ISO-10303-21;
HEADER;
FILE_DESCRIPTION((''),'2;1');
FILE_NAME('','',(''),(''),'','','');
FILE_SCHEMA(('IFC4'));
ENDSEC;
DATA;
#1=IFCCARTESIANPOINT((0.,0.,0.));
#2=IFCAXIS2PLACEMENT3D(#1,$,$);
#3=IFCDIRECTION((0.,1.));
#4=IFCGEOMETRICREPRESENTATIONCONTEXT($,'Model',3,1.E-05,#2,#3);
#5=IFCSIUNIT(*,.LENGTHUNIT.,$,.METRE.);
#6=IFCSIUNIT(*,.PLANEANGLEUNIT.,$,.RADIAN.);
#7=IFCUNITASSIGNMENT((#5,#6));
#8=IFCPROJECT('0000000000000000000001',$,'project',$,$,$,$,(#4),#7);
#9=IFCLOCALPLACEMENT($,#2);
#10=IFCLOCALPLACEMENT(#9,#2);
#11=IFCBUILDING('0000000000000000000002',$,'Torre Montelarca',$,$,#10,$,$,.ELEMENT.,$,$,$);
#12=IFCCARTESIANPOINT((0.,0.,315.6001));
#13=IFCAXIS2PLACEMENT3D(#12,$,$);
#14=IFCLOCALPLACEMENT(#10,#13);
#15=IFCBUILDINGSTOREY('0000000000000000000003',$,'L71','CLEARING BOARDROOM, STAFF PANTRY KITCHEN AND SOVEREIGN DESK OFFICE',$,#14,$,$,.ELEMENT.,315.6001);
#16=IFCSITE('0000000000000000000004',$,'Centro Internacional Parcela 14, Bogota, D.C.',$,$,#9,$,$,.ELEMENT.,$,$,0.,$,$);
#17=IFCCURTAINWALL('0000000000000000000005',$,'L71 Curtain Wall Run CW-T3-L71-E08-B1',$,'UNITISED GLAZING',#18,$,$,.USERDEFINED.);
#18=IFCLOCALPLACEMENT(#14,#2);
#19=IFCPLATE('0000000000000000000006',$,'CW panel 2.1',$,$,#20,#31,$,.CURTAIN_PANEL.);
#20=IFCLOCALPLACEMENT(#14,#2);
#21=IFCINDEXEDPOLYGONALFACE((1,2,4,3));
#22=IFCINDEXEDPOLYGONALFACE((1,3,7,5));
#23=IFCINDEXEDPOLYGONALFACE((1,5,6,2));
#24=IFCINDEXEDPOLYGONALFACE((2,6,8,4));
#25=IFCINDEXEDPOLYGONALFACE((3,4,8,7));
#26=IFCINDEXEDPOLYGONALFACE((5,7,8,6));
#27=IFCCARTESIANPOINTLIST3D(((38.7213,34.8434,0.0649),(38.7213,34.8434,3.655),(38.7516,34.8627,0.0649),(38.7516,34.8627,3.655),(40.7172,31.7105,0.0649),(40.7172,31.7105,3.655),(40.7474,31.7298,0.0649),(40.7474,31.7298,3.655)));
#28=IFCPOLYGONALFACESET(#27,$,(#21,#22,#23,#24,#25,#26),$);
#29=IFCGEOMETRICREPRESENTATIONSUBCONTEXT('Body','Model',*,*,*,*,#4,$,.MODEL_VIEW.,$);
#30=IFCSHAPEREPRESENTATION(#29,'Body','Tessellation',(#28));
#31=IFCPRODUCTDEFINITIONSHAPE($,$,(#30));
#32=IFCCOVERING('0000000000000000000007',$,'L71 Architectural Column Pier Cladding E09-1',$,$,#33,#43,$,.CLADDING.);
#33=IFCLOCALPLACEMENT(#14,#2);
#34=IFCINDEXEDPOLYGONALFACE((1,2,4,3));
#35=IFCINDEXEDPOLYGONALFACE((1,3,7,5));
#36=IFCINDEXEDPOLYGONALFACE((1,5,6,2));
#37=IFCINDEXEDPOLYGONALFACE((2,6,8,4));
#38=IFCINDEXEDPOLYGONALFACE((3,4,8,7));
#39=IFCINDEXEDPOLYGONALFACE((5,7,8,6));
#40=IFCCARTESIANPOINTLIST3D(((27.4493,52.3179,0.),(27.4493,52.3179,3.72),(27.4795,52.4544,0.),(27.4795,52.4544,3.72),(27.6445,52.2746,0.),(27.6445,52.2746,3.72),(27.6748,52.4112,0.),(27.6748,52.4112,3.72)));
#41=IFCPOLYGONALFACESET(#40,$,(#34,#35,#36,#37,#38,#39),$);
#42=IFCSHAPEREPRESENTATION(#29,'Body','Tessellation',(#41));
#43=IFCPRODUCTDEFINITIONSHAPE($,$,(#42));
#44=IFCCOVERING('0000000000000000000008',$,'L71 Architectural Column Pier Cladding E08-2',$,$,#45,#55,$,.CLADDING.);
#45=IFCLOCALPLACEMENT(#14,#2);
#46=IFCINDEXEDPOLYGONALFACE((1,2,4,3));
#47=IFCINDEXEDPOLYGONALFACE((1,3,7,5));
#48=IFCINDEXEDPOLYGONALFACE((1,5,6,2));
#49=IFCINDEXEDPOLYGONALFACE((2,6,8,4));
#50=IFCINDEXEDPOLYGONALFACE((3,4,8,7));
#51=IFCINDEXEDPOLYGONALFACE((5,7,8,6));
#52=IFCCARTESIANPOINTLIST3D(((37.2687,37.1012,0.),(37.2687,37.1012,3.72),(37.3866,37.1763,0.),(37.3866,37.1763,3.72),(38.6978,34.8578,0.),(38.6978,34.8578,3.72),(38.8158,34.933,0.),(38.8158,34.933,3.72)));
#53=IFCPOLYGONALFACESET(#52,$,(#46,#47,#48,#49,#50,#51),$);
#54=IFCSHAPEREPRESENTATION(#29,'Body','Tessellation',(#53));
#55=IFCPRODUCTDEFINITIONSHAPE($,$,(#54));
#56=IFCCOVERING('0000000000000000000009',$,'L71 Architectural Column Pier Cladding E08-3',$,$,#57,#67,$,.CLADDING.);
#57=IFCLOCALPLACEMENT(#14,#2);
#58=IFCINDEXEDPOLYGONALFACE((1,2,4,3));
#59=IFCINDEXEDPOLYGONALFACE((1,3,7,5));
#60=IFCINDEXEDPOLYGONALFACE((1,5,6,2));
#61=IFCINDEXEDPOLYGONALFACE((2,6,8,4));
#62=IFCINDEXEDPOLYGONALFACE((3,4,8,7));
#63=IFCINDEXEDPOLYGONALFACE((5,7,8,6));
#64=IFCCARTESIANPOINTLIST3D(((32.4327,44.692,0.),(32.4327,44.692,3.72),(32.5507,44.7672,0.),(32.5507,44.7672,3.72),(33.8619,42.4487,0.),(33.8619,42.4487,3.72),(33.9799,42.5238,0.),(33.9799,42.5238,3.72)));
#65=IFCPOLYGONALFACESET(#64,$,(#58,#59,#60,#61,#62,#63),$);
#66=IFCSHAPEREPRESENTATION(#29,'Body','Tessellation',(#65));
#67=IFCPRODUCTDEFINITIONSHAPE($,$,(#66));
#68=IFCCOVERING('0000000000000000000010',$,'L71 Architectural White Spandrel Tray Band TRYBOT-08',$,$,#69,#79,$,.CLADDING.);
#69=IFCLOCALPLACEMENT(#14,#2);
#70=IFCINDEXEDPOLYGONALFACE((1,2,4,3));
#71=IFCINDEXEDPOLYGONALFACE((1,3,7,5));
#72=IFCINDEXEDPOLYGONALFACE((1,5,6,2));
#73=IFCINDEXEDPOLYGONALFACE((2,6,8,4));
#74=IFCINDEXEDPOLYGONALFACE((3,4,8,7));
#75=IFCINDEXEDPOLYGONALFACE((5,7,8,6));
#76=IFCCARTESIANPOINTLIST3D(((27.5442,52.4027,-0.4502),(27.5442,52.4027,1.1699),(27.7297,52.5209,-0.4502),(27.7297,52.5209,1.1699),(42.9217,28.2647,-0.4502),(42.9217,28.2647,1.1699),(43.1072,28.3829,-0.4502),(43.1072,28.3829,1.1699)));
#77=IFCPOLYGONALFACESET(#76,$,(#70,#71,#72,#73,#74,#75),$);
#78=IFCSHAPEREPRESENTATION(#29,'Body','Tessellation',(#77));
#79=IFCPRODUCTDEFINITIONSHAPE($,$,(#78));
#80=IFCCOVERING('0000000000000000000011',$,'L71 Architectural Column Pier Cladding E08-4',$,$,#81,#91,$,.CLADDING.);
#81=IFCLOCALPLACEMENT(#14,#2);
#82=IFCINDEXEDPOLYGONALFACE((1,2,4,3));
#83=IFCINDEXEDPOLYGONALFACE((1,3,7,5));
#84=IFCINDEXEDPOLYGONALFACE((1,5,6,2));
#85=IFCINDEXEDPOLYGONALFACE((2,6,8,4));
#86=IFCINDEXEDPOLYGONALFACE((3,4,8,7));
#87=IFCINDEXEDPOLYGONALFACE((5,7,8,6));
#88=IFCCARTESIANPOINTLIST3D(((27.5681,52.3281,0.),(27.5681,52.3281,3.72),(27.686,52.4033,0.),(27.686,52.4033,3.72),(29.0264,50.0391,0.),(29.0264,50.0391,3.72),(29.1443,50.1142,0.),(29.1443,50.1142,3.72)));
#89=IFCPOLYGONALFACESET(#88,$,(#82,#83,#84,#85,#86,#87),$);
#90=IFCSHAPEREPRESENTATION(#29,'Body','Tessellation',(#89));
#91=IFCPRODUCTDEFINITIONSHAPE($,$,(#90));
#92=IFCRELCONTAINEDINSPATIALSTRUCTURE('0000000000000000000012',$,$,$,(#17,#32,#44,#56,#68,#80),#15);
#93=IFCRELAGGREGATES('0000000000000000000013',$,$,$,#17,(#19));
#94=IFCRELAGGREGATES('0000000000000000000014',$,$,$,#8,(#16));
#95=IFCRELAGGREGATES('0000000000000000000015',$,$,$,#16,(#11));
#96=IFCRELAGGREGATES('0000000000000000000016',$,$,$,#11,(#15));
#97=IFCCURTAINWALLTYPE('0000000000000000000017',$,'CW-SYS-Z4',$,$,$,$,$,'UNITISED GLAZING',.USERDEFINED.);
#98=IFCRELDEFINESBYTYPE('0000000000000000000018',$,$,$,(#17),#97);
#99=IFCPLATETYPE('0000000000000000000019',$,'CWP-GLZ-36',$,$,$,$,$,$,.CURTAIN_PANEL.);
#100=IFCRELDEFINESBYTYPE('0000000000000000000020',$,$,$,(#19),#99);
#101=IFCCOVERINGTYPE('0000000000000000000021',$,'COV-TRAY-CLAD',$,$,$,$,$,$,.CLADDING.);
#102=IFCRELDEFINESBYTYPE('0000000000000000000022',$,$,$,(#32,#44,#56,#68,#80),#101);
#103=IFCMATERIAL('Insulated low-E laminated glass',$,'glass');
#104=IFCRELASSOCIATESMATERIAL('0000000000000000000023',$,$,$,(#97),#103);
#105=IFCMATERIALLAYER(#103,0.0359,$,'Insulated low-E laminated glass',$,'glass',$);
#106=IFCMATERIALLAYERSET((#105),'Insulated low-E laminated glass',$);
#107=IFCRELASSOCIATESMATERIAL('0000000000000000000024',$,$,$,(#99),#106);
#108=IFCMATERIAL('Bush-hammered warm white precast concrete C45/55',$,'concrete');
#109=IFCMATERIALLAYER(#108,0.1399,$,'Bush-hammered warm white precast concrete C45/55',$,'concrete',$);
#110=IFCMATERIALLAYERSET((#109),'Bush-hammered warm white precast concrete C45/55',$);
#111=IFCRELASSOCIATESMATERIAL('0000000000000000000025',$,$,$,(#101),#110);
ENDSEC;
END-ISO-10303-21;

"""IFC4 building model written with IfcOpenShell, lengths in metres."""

from ifc_helpers import new_model, si_unit, direction, frame, origin, origin_2d, place, context, subcontext, project, spatial, rectangle, extrude, source, transform, mapped, material, layer, layer_set, type_object, element, aggregate, save


model = new_model("IFC4")

# Units and contexts
model_context = context("Model", 3, precision=1e-05, world=origin(), true_north=direction((0.0, 1.0)))
body_context = subcontext(model_context, "Body", "Model", "MODEL_VIEW")
ifc_project = project(units=[si_unit("LENGTHUNIT", "METRE"), si_unit("PLANEANGLEUNIT", "RADIAN")], contexts=[model_context])

# Site, building, storey
site_placement = place(None, origin())
site = spatial("IfcSite", under=ifc_project, at=site_placement, Name="Centro Internacional Parcela 14, Bogota, D.C.", CompositionType="ELEMENT", RefElevation=0.0)
building_placement = place(site_placement, origin())
building = spatial("IfcBuilding", under=site, at=building_placement, Name="Torre Montelarca", CompositionType="ELEMENT")
storey_placement = place(building_placement, frame((0.0, 0.0, 315.6001)))
storey = spatial("IfcBuildingStorey", under=building, at=storey_placement, Name="L71", Description="CLEARING BOARDROOM, STAFF PANTRY KITCHEN AND SOVEREIGN DESK OFFICE", CompositionType="ELEMENT", Elevation=315.6001)

# Curtain wall
ifc_material_1 = material(Name="Insulated low-E laminated glass", Category="glass")
curtain_wall_type = type_object("IfcCurtainWallType", Name="CW-SYS-Z4", ElementType="UNITISED GLAZING", PredefinedType="USERDEFINED", material=ifc_material_1)
curtain_wall_1_placement = place(storey_placement, origin())
curtain_wall_1 = element("IfcCurtainWall", 1, at=curtain_wall_1_placement, inside=storey, type_object=curtain_wall_type, Name="L71 Curtain Wall Run CW-T3-L71-E08-B1", ObjectType="UNITISED GLAZING", PredefinedType="USERDEFINED")

# Plate
ifc_layer_1 = layer(ifc_material_1, 0.0359, Name="Insulated low-E laminated glass", Category="glass")
ifc_layer_set_1 = layer_set([ifc_layer_1], Name="Insulated low-E laminated glass")
plate_type = type_object("IfcPlateType", Name="CWP-GLZ-36", PredefinedType="CURTAIN_PANEL", material=ifc_layer_set_1)
shared_shape_1 = source(origin(), body_context, "Body", "SweptSolid", [
    extrude(rectangle(XDim=3.7146, YDim=0.0359, at=origin_2d()), origin(), (0.0, 0.0, 1.0), 3.5901),
])
plate_1_placement = place(storey_placement, frame((39.7344, 33.2866, 0.0649), z_axis=(0.0, 0.0, 1.0), x_axis=(-0.537299, 0.843392, 0.0)))
plate_1 = element("IfcPlate", 2, at=plate_1_placement, type_object=plate_type, Name="CW panel 2.1", PredefinedType="CURTAIN_PANEL", context=body_context, shape_type="MappedRepresentation", body=[
    mapped(shared_shape_1, transform((0.0, 0.0, 0.0), scale=1.0)),
])
aggregate(curtain_wall_1, [plate_1])

# Coverings
ifc_material_2 = material(Name="Bush-hammered warm white precast concrete C45/55", Category="concrete")
ifc_layer_2 = layer(ifc_material_2, 0.1399, Name="Bush-hammered warm white precast concrete C45/55", Category="concrete")
ifc_layer_set_2 = layer_set([ifc_layer_2], Name="Bush-hammered warm white precast concrete C45/55")
covering_type = type_object("IfcCoveringType", Name="COV-TRAY-CLAD", PredefinedType="CLADDING", material=ifc_layer_set_2)
shared_shape_2 = source(origin(), body_context, "Body", "SweptSolid", [
    extrude(rectangle(XDim=0.2, YDim=0.1399, at=origin_2d()), origin(), (0.0, 0.0, 1.0), 3.72),
])
covering_1_placement = place(storey_placement, frame((27.562, 52.3645, 0.0), z_axis=(0.0, 0.0, 1.0), x_axis=(-0.976298, 0.216429, 0.0)))
element("IfcCovering", 3, at=covering_1_placement, inside=storey, type_object=covering_type, Name="L71 Architectural Column Pier Cladding E09-1", PredefinedType="CLADDING", context=body_context, shape_type="MappedRepresentation", body=[
    mapped(shared_shape_2, transform((0.0, 0.0, 0.0), scale=1.0)),
])
shared_shape_3 = source(origin(), body_context, "Body", "SweptSolid", [
    extrude(rectangle(XDim=2.6599, YDim=0.1399, at=origin_2d()), origin(), (0.0, 0.0, 1.0), 3.72),
])
for number, where, z_axis, x_axis, name in (
    (4, (38.0422, 36.0171, 0.0), (0.0, 0.0, 1.0), (-0.5373, 0.843391, 0.0), "L71 Architectural Column Pier Cladding E08-2"),
    (5, (33.2063, 43.6079, 0.0), (0.0, 0.0, 1.0), (-0.5373, 0.843391, 0.0), "L71 Architectural Column Pier Cladding E08-3"),
):
    element("IfcCovering", number, at=place(storey_placement, frame(where, z_axis=z_axis, x_axis=x_axis)), inside=storey, type_object=covering_type, Name=name, PredefinedType="CLADDING", context=body_context, shape_type="MappedRepresentation", body=[
        mapped(shared_shape_3, transform((0.0, 0.0, 0.0), scale=1.0)),
    ])
shared_shape_4 = source(origin(), body_context, "Body", "SweptSolid", [
    extrude(rectangle(XDim=28.6201, YDim=0.22, at=origin_2d()), origin(), (0.0, 0.0, 1.0), 1.6201),
])
covering_2_placement = place(storey_placement, frame((35.3257, 40.3928, -0.4502), z_axis=(0.0, 0.0, 1.0), x_axis=(-0.537298, 0.843392, 0.0)))
element("IfcCovering", 6, at=covering_2_placement, inside=storey, type_object=covering_type, Name="L71 Architectural White Spandrel Tray Band TRYBOT-08", PredefinedType="CLADDING", context=body_context, shape_type="MappedRepresentation", body=[
    mapped(shared_shape_4, transform((0.0, 0.0, 0.0), scale=1.0)),
])
shared_shape_5 = source(origin(), body_context, "Body", "SweptSolid", [
    extrude(rectangle(XDim=2.7141, YDim=0.1399, at=origin_2d()), origin(), (0.0, 0.0, 1.0), 3.72),
])
covering_3_placement = place(storey_placement, frame((28.3562, 51.2212, 0.0), z_axis=(0.0, 0.0, 1.0), x_axis=(-0.5373, 0.843391, 0.0)))
element("IfcCovering", 7, at=covering_3_placement, inside=storey, type_object=covering_type, Name="L71 Architectural Column Pier Cladding E08-4", PredefinedType="CLADDING", context=body_context, shape_type="MappedRepresentation", body=[
    mapped(shared_shape_5, transform((0.0, 0.0, 0.0), scale=1.0)),
])

save(model, "model.ifc")
